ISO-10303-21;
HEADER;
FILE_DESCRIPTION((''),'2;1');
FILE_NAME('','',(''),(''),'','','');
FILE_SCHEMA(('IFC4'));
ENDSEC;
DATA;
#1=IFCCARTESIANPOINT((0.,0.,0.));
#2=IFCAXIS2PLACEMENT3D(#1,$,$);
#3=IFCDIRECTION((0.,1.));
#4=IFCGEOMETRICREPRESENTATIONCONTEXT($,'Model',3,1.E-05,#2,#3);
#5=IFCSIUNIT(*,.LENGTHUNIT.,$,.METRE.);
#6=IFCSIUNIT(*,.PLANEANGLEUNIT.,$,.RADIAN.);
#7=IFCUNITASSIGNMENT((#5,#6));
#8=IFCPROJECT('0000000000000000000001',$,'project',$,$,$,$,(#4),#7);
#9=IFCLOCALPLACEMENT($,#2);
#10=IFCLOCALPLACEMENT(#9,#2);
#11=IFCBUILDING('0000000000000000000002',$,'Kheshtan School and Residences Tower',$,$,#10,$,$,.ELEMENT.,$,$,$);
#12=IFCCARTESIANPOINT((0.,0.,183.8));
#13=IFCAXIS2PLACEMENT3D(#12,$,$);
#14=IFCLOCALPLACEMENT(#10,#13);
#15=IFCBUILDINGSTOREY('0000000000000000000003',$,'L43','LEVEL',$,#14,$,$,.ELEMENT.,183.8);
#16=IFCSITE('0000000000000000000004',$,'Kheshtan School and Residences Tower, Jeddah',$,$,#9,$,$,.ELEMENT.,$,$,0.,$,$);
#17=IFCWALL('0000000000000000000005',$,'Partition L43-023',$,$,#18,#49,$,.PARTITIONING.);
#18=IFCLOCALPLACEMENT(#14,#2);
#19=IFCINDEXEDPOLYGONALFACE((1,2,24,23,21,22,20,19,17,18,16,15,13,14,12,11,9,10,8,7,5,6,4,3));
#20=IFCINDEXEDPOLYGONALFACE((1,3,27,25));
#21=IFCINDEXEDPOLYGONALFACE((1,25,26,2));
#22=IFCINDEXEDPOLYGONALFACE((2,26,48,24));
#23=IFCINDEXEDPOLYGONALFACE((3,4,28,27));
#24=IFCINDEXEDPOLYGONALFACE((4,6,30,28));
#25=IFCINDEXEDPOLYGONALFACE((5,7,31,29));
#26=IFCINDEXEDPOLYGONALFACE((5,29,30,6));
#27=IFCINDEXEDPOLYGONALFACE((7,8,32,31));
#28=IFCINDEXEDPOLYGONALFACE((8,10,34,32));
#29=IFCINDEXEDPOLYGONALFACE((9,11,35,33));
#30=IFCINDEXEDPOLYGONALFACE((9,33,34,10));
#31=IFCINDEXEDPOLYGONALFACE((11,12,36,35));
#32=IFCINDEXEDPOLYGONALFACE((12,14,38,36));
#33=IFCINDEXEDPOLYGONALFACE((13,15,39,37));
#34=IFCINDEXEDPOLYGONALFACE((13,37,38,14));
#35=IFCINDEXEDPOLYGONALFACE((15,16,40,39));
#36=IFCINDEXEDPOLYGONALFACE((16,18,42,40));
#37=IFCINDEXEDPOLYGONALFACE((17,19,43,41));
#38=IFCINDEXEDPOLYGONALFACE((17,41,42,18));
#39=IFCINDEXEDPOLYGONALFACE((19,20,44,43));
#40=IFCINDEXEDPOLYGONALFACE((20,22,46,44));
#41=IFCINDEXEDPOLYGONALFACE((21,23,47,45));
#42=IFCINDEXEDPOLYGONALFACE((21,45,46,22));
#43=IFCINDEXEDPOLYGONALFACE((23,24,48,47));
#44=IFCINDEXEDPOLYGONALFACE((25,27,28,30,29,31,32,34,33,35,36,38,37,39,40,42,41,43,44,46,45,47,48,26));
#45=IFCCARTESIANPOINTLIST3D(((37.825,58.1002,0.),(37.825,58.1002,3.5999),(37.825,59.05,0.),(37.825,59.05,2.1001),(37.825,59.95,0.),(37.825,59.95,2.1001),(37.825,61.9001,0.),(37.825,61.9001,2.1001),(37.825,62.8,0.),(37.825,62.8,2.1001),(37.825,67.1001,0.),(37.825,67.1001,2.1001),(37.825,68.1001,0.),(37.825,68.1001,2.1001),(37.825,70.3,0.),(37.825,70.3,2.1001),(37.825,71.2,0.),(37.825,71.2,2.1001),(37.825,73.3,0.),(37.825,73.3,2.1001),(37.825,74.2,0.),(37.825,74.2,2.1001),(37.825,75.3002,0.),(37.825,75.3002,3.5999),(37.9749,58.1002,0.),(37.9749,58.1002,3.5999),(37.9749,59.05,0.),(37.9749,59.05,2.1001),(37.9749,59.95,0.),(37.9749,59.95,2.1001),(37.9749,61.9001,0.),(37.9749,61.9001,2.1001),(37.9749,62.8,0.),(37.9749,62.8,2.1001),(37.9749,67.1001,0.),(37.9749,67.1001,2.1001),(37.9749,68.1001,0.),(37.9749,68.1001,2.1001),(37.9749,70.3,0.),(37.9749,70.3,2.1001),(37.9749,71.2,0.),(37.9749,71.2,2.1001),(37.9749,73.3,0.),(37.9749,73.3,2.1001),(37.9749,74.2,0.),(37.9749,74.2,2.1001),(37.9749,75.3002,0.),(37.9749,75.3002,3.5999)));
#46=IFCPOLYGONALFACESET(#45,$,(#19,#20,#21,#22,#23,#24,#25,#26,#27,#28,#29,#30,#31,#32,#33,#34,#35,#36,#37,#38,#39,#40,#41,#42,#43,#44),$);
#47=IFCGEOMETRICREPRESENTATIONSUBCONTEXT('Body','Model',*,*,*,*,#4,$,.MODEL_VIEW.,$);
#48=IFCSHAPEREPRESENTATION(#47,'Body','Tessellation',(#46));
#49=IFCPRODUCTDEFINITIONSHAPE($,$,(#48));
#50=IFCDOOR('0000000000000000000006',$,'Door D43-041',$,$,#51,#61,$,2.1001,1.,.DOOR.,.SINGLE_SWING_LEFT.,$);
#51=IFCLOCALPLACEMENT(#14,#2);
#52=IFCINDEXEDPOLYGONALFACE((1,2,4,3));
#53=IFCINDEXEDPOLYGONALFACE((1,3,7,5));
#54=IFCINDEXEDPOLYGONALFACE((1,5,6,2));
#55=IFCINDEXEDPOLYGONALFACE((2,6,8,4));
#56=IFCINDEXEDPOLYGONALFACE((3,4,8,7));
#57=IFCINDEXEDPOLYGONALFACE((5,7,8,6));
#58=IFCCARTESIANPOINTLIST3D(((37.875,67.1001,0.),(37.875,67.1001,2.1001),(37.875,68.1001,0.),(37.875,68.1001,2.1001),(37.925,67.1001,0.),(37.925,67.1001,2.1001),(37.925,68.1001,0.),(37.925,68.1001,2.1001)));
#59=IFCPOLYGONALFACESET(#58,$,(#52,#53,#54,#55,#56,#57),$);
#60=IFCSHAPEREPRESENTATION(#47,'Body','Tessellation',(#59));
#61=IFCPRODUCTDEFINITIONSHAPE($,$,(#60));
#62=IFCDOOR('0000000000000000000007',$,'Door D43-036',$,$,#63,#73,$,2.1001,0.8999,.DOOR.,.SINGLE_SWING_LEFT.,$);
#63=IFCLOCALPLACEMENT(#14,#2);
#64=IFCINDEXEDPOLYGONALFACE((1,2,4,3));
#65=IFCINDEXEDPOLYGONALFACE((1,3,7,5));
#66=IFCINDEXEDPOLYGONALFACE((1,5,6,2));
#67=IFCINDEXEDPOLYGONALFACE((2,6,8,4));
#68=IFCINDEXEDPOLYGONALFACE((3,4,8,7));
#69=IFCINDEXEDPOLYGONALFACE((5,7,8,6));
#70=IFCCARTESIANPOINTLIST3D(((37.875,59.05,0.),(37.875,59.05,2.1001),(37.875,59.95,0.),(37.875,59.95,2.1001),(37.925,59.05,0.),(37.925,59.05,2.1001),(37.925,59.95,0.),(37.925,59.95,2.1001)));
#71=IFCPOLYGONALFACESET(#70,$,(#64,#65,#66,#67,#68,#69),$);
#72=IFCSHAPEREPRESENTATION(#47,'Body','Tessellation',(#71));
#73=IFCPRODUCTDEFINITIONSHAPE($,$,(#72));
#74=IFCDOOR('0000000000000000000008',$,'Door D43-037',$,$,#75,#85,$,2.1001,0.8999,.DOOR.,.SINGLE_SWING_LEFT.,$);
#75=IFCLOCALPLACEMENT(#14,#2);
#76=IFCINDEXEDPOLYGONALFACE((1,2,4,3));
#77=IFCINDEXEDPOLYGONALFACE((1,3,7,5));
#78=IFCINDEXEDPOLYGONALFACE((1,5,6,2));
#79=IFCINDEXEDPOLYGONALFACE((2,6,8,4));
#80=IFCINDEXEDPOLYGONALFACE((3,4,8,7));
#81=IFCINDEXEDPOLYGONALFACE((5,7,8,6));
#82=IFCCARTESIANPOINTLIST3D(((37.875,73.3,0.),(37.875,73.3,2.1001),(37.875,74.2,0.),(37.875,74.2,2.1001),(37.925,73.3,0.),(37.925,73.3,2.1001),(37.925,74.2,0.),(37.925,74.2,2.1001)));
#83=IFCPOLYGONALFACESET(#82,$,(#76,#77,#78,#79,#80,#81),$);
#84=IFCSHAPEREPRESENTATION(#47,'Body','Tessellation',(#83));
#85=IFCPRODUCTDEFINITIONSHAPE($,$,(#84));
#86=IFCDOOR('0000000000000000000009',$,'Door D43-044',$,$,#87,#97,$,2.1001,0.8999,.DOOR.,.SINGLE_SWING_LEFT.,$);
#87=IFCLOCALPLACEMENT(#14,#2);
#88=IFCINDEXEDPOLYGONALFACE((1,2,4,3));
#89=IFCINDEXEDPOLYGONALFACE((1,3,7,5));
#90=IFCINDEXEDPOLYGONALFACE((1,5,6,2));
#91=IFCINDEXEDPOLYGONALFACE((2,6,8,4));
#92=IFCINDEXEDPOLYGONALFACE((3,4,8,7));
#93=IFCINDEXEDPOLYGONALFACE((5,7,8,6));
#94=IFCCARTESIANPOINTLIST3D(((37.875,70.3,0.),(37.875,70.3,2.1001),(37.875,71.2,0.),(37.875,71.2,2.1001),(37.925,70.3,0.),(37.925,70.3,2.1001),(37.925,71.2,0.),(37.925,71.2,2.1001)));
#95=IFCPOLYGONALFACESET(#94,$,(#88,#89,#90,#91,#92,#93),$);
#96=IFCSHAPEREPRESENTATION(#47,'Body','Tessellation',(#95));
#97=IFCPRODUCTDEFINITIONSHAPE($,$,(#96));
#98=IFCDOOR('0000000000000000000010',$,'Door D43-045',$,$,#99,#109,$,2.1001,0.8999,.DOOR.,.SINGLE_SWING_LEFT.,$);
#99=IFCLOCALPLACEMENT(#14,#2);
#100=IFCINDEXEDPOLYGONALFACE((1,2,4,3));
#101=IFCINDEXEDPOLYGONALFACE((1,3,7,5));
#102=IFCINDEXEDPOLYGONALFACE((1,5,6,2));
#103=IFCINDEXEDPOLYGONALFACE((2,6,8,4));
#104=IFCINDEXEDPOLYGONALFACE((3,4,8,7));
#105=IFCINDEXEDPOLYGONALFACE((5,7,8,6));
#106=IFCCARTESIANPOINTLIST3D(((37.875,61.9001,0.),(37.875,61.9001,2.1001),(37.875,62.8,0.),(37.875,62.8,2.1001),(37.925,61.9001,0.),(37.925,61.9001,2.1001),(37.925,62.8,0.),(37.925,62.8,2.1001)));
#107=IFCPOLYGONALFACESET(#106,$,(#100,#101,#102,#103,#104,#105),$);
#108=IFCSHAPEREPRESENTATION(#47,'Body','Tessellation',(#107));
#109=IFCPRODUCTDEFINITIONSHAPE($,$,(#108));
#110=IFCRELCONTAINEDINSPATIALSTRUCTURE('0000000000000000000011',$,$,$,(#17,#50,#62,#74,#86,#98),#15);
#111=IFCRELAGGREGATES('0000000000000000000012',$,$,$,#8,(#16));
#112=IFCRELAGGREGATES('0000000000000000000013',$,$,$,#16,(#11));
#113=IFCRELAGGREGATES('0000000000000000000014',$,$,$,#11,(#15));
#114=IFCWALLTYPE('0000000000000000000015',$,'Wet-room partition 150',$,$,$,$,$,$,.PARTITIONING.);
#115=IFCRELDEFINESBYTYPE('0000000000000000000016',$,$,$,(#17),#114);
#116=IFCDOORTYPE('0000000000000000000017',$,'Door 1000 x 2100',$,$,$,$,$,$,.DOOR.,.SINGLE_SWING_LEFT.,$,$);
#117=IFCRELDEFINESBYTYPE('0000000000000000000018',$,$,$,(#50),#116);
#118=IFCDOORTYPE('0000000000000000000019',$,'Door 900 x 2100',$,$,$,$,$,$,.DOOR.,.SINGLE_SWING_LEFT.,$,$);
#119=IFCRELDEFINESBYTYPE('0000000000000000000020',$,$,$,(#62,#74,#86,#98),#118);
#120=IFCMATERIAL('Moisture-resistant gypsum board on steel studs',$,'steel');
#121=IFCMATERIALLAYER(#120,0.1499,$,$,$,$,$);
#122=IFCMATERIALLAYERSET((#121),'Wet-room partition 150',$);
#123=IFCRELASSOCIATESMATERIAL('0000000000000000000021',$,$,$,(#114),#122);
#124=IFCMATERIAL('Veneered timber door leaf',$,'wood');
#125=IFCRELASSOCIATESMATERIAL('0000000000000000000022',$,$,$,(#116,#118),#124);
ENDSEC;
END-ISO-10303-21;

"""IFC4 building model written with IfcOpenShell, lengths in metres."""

from ifc_helpers import new_model, si_unit, direction, frame, frame_2d, origin, place, context, subcontext, project, spatial, rectangle, extrude, source, transform, mapped, material, layer, layer_set, type_object, element, fill, save


model = new_model("IFC4")

# Units and contexts
model_context = context("Model", 3, precision=1e-05, world=origin(), true_north=direction((0.0, 1.0)))
body_context = subcontext(model_context, "Body", "Model", "MODEL_VIEW")
ifc_project = project(units=[si_unit("LENGTHUNIT", "METRE"), si_unit("PLANEANGLEUNIT", "RADIAN")], contexts=[model_context])

# Site, building, storey
site_placement = place(None, origin())
site = spatial("IfcSite", under=ifc_project, at=site_placement, Name="Kheshtan School and Residences Tower, Jeddah", CompositionType="ELEMENT", RefElevation=0.0)
building_placement = place(site_placement, origin())
building = spatial("IfcBuilding", under=site, at=building_placement, Name="Kheshtan School and Residences Tower", CompositionType="ELEMENT")
storey_placement = place(building_placement, frame((0.0, 0.0, 183.8)))
storey = spatial("IfcBuildingStorey", under=building, at=storey_placement, Name="L43", Description="LEVEL", CompositionType="ELEMENT", Elevation=183.8)

# Wall, openings, doors
ifc_material_1 = material(Name="Moisture-resistant gypsum board on steel studs", Category="steel")
ifc_layer_1 = layer(ifc_material_1, 0.1499)
ifc_layer_set_1 = layer_set([ifc_layer_1], Name="Wet-room partition 150")
wall_type_1 = type_object("IfcWallType", Name="Wet-room partition 150", PredefinedType="PARTITIONING", material=ifc_layer_set_1)
wall_1_placement = place(storey_placement, frame((37.8999, 58.1001, 0.0), z_axis=(0.0, 0.0, 1.0), x_axis=(0.0, 1.0, 0.0)))
wall_1 = element("IfcWall", 1, at=wall_1_placement, inside=storey, type_object=wall_type_1, Name="Partition L43-023", PredefinedType="PARTITIONING", context=body_context, shape_type="SweptSolid", body=[
    extrude(rectangle(XDim=17.2, YDim=0.1499, at=frame_2d((8.6001, 0.0))), origin(), (0.0, 0.0, 1.0), 3.5999),
])
opening_1_placement = place(wall_1_placement, frame((0.95, 0.0, 0.0)))
opening_1 = element("IfcOpeningElement", 2, at=opening_1_placement, cuts=wall_1, PredefinedType="OPENING", context=body_context, shape_type="SweptSolid", body=[
    extrude(rectangle(XDim=0.8999, YDim=2.1001, at=frame_2d((0.45, 1.05))), frame((0.0, 0.085, 0.0), z_axis=(0.0, -1.0, 0.0), x_axis=(1.0, 0.0, 0.0)), (0.0, 0.0, 1.0), 0.1699),
])
opening_2_placement = place(wall_1_placement, frame((15.2, 0.0, 0.0)))
opening_2 = element("IfcOpeningElement", 3, at=opening_2_placement, cuts=wall_1, PredefinedType="OPENING", context=body_context, shape_type="SweptSolid", body=[
    extrude(rectangle(XDim=0.8999, YDim=2.1001, at=frame_2d((0.45, 1.05))), frame((0.0, 0.085, 0.0), z_axis=(0.0, -1.0, 0.0), x_axis=(1.0, 0.0, 0.0)), (0.0, 0.0, 1.0), 0.1699),
])
opening_3_placement = place(wall_1_placement, frame((9.0, 0.0, 0.0)))
opening_3 = element("IfcOpeningElement", 4, at=opening_3_placement, cuts=wall_1, PredefinedType="OPENING", context=body_context, shape_type="SweptSolid", body=[
    extrude(rectangle(XDim=1.0, YDim=2.1001, at=frame_2d((0.5, 1.05))), frame((0.0, 0.085, 0.0), z_axis=(0.0, -1.0, 0.0), x_axis=(1.0, 0.0, 0.0)), (0.0, 0.0, 1.0), 0.1699),
])
opening_4_placement = place(wall_1_placement, frame((12.2, 0.0, 0.0)))
opening_4 = element("IfcOpeningElement", 5, at=opening_4_placement, cuts=wall_1, PredefinedType="OPENING", context=body_context, shape_type="SweptSolid", body=[
    extrude(rectangle(XDim=0.8999, YDim=2.1001, at=frame_2d((0.45, 1.05))), frame((0.0, 0.085, 0.0), z_axis=(0.0, -1.0, 0.0), x_axis=(1.0, 0.0, 0.0)), (0.0, 0.0, 1.0), 0.1699),
])
opening_5_placement = place(wall_1_placement, frame((3.8, 0.0, 0.0)))
opening_5 = element("IfcOpeningElement", 6, at=opening_5_placement, cuts=wall_1, PredefinedType="OPENING", context=body_context, shape_type="SweptSolid", body=[
    extrude(rectangle(XDim=0.8999, YDim=2.1001, at=frame_2d((0.45, 1.05))), frame((0.0, 0.085, 0.0), z_axis=(0.0, -1.0, 0.0), x_axis=(1.0, 0.0, 0.0)), (0.0, 0.0, 1.0), 0.1699),
])
ifc_material_2 = material(Name="Veneered timber door leaf", Category="wood")
door_type_1 = type_object("IfcDoorType", Name="Door 1000 x 2100", OperationType="SINGLE_SWING_LEFT", PredefinedType="DOOR", material=ifc_material_2)
shared_shape_1 = source(origin(), body_context, "Body", "SweptSolid", [
    extrude(rectangle(XDim=1.0, YDim=2.1001, at=frame_2d((0.5, 1.05))), frame((0.0, 0.0249, 0.0), z_axis=(0.0, -1.0, 0.0), x_axis=(1.0, 0.0, 0.0)), (0.0, 0.0, 1.0), 0.05),
])
door_1_placement = place(opening_3_placement, origin())
door_1 = element("IfcDoor", 7, at=door_1_placement, inside=storey, type_object=door_type_1, Name="Door D43-041", OperationType="SINGLE_SWING_LEFT", OverallHeight=2.1001, OverallWidth=1.0, PredefinedType="DOOR", context=body_context, shape_type="MappedRepresentation", body=[
    mapped(shared_shape_1, transform((0.0, 0.0, 0.0), x_axis=(1.0, 0.0, 0.0), y_axis=(0.0, 1.0, 0.0), z_axis=(0.0, 0.0, 1.0), scale=1.0)),
])
fill(opening_3, door_1)
door_type_2 = type_object("IfcDoorType", Name="Door 900 x 2100", OperationType="SINGLE_SWING_LEFT", PredefinedType="DOOR", material=ifc_material_2)
shared_shape_2 = source(origin(), body_context, "Body", "SweptSolid", [
    extrude(rectangle(XDim=0.8999, YDim=2.1001, at=frame_2d((0.45, 1.05))), frame((0.0, 0.0249, 0.0), z_axis=(0.0, -1.0, 0.0), x_axis=(1.0, 0.0, 0.0)), (0.0, 0.0, 1.0), 0.05),
])
door_2_placement = place(opening_1_placement, origin())
door_2 = element("IfcDoor", 8, at=door_2_placement, inside=storey, type_object=door_type_2, Name="Door D43-036", OperationType="SINGLE_SWING_LEFT", OverallHeight=2.1001, OverallWidth=0.8999, PredefinedType="DOOR", context=body_context, shape_type="MappedRepresentation", body=[
    mapped(shared_shape_2, transform((0.0, 0.0, 0.0), x_axis=(1.0, 0.0, 0.0), y_axis=(0.0, 1.0, 0.0), z_axis=(0.0, 0.0, 1.0), scale=1.0)),
])
fill(opening_1, door_2)
door_3_placement = place(opening_2_placement, origin())
door_3 = element("IfcDoor", 9, at=door_3_placement, inside=storey, type_object=door_type_2, Name="Door D43-037", OperationType="SINGLE_SWING_LEFT", OverallHeight=2.1001, OverallWidth=0.8999, PredefinedType="DOOR", context=body_context, shape_type="MappedRepresentation", body=[
    mapped(shared_shape_2, transform((0.0, 0.0, 0.0), x_axis=(1.0, 0.0, 0.0), y_axis=(0.0, 1.0, 0.0), z_axis=(0.0, 0.0, 1.0), scale=1.0)),
])
fill(opening_2, door_3)
door_4_placement = place(opening_4_placement, origin())
door_4 = element("IfcDoor", 10, at=door_4_placement, inside=storey, type_object=door_type_2, Name="Door D43-044", OperationType="SINGLE_SWING_LEFT", OverallHeight=2.1001, OverallWidth=0.8999, PredefinedType="DOOR", context=body_context, shape_type="MappedRepresentation", body=[
    mapped(shared_shape_2, transform((0.0, 0.0, 0.0), x_axis=(1.0, 0.0, 0.0), y_axis=(0.0, 1.0, 0.0), z_axis=(0.0, 0.0, 1.0), scale=1.0)),
])
fill(opening_4, door_4)
door_5_placement = place(opening_5_placement, origin())
door_5 = element("IfcDoor", 11, at=door_5_placement, inside=storey, type_object=door_type_2, Name="Door D43-045", OperationType="SINGLE_SWING_LEFT", OverallHeight=2.1001, OverallWidth=0.8999, PredefinedType="DOOR", context=body_context, shape_type="MappedRepresentation", body=[
    mapped(shared_shape_2, transform((0.0, 0.0, 0.0), x_axis=(1.0, 0.0, 0.0), y_axis=(0.0, 1.0, 0.0), z_axis=(0.0, 0.0, 1.0), scale=1.0)),
])
fill(opening_5, door_5)

save(model, "model.ifc")
